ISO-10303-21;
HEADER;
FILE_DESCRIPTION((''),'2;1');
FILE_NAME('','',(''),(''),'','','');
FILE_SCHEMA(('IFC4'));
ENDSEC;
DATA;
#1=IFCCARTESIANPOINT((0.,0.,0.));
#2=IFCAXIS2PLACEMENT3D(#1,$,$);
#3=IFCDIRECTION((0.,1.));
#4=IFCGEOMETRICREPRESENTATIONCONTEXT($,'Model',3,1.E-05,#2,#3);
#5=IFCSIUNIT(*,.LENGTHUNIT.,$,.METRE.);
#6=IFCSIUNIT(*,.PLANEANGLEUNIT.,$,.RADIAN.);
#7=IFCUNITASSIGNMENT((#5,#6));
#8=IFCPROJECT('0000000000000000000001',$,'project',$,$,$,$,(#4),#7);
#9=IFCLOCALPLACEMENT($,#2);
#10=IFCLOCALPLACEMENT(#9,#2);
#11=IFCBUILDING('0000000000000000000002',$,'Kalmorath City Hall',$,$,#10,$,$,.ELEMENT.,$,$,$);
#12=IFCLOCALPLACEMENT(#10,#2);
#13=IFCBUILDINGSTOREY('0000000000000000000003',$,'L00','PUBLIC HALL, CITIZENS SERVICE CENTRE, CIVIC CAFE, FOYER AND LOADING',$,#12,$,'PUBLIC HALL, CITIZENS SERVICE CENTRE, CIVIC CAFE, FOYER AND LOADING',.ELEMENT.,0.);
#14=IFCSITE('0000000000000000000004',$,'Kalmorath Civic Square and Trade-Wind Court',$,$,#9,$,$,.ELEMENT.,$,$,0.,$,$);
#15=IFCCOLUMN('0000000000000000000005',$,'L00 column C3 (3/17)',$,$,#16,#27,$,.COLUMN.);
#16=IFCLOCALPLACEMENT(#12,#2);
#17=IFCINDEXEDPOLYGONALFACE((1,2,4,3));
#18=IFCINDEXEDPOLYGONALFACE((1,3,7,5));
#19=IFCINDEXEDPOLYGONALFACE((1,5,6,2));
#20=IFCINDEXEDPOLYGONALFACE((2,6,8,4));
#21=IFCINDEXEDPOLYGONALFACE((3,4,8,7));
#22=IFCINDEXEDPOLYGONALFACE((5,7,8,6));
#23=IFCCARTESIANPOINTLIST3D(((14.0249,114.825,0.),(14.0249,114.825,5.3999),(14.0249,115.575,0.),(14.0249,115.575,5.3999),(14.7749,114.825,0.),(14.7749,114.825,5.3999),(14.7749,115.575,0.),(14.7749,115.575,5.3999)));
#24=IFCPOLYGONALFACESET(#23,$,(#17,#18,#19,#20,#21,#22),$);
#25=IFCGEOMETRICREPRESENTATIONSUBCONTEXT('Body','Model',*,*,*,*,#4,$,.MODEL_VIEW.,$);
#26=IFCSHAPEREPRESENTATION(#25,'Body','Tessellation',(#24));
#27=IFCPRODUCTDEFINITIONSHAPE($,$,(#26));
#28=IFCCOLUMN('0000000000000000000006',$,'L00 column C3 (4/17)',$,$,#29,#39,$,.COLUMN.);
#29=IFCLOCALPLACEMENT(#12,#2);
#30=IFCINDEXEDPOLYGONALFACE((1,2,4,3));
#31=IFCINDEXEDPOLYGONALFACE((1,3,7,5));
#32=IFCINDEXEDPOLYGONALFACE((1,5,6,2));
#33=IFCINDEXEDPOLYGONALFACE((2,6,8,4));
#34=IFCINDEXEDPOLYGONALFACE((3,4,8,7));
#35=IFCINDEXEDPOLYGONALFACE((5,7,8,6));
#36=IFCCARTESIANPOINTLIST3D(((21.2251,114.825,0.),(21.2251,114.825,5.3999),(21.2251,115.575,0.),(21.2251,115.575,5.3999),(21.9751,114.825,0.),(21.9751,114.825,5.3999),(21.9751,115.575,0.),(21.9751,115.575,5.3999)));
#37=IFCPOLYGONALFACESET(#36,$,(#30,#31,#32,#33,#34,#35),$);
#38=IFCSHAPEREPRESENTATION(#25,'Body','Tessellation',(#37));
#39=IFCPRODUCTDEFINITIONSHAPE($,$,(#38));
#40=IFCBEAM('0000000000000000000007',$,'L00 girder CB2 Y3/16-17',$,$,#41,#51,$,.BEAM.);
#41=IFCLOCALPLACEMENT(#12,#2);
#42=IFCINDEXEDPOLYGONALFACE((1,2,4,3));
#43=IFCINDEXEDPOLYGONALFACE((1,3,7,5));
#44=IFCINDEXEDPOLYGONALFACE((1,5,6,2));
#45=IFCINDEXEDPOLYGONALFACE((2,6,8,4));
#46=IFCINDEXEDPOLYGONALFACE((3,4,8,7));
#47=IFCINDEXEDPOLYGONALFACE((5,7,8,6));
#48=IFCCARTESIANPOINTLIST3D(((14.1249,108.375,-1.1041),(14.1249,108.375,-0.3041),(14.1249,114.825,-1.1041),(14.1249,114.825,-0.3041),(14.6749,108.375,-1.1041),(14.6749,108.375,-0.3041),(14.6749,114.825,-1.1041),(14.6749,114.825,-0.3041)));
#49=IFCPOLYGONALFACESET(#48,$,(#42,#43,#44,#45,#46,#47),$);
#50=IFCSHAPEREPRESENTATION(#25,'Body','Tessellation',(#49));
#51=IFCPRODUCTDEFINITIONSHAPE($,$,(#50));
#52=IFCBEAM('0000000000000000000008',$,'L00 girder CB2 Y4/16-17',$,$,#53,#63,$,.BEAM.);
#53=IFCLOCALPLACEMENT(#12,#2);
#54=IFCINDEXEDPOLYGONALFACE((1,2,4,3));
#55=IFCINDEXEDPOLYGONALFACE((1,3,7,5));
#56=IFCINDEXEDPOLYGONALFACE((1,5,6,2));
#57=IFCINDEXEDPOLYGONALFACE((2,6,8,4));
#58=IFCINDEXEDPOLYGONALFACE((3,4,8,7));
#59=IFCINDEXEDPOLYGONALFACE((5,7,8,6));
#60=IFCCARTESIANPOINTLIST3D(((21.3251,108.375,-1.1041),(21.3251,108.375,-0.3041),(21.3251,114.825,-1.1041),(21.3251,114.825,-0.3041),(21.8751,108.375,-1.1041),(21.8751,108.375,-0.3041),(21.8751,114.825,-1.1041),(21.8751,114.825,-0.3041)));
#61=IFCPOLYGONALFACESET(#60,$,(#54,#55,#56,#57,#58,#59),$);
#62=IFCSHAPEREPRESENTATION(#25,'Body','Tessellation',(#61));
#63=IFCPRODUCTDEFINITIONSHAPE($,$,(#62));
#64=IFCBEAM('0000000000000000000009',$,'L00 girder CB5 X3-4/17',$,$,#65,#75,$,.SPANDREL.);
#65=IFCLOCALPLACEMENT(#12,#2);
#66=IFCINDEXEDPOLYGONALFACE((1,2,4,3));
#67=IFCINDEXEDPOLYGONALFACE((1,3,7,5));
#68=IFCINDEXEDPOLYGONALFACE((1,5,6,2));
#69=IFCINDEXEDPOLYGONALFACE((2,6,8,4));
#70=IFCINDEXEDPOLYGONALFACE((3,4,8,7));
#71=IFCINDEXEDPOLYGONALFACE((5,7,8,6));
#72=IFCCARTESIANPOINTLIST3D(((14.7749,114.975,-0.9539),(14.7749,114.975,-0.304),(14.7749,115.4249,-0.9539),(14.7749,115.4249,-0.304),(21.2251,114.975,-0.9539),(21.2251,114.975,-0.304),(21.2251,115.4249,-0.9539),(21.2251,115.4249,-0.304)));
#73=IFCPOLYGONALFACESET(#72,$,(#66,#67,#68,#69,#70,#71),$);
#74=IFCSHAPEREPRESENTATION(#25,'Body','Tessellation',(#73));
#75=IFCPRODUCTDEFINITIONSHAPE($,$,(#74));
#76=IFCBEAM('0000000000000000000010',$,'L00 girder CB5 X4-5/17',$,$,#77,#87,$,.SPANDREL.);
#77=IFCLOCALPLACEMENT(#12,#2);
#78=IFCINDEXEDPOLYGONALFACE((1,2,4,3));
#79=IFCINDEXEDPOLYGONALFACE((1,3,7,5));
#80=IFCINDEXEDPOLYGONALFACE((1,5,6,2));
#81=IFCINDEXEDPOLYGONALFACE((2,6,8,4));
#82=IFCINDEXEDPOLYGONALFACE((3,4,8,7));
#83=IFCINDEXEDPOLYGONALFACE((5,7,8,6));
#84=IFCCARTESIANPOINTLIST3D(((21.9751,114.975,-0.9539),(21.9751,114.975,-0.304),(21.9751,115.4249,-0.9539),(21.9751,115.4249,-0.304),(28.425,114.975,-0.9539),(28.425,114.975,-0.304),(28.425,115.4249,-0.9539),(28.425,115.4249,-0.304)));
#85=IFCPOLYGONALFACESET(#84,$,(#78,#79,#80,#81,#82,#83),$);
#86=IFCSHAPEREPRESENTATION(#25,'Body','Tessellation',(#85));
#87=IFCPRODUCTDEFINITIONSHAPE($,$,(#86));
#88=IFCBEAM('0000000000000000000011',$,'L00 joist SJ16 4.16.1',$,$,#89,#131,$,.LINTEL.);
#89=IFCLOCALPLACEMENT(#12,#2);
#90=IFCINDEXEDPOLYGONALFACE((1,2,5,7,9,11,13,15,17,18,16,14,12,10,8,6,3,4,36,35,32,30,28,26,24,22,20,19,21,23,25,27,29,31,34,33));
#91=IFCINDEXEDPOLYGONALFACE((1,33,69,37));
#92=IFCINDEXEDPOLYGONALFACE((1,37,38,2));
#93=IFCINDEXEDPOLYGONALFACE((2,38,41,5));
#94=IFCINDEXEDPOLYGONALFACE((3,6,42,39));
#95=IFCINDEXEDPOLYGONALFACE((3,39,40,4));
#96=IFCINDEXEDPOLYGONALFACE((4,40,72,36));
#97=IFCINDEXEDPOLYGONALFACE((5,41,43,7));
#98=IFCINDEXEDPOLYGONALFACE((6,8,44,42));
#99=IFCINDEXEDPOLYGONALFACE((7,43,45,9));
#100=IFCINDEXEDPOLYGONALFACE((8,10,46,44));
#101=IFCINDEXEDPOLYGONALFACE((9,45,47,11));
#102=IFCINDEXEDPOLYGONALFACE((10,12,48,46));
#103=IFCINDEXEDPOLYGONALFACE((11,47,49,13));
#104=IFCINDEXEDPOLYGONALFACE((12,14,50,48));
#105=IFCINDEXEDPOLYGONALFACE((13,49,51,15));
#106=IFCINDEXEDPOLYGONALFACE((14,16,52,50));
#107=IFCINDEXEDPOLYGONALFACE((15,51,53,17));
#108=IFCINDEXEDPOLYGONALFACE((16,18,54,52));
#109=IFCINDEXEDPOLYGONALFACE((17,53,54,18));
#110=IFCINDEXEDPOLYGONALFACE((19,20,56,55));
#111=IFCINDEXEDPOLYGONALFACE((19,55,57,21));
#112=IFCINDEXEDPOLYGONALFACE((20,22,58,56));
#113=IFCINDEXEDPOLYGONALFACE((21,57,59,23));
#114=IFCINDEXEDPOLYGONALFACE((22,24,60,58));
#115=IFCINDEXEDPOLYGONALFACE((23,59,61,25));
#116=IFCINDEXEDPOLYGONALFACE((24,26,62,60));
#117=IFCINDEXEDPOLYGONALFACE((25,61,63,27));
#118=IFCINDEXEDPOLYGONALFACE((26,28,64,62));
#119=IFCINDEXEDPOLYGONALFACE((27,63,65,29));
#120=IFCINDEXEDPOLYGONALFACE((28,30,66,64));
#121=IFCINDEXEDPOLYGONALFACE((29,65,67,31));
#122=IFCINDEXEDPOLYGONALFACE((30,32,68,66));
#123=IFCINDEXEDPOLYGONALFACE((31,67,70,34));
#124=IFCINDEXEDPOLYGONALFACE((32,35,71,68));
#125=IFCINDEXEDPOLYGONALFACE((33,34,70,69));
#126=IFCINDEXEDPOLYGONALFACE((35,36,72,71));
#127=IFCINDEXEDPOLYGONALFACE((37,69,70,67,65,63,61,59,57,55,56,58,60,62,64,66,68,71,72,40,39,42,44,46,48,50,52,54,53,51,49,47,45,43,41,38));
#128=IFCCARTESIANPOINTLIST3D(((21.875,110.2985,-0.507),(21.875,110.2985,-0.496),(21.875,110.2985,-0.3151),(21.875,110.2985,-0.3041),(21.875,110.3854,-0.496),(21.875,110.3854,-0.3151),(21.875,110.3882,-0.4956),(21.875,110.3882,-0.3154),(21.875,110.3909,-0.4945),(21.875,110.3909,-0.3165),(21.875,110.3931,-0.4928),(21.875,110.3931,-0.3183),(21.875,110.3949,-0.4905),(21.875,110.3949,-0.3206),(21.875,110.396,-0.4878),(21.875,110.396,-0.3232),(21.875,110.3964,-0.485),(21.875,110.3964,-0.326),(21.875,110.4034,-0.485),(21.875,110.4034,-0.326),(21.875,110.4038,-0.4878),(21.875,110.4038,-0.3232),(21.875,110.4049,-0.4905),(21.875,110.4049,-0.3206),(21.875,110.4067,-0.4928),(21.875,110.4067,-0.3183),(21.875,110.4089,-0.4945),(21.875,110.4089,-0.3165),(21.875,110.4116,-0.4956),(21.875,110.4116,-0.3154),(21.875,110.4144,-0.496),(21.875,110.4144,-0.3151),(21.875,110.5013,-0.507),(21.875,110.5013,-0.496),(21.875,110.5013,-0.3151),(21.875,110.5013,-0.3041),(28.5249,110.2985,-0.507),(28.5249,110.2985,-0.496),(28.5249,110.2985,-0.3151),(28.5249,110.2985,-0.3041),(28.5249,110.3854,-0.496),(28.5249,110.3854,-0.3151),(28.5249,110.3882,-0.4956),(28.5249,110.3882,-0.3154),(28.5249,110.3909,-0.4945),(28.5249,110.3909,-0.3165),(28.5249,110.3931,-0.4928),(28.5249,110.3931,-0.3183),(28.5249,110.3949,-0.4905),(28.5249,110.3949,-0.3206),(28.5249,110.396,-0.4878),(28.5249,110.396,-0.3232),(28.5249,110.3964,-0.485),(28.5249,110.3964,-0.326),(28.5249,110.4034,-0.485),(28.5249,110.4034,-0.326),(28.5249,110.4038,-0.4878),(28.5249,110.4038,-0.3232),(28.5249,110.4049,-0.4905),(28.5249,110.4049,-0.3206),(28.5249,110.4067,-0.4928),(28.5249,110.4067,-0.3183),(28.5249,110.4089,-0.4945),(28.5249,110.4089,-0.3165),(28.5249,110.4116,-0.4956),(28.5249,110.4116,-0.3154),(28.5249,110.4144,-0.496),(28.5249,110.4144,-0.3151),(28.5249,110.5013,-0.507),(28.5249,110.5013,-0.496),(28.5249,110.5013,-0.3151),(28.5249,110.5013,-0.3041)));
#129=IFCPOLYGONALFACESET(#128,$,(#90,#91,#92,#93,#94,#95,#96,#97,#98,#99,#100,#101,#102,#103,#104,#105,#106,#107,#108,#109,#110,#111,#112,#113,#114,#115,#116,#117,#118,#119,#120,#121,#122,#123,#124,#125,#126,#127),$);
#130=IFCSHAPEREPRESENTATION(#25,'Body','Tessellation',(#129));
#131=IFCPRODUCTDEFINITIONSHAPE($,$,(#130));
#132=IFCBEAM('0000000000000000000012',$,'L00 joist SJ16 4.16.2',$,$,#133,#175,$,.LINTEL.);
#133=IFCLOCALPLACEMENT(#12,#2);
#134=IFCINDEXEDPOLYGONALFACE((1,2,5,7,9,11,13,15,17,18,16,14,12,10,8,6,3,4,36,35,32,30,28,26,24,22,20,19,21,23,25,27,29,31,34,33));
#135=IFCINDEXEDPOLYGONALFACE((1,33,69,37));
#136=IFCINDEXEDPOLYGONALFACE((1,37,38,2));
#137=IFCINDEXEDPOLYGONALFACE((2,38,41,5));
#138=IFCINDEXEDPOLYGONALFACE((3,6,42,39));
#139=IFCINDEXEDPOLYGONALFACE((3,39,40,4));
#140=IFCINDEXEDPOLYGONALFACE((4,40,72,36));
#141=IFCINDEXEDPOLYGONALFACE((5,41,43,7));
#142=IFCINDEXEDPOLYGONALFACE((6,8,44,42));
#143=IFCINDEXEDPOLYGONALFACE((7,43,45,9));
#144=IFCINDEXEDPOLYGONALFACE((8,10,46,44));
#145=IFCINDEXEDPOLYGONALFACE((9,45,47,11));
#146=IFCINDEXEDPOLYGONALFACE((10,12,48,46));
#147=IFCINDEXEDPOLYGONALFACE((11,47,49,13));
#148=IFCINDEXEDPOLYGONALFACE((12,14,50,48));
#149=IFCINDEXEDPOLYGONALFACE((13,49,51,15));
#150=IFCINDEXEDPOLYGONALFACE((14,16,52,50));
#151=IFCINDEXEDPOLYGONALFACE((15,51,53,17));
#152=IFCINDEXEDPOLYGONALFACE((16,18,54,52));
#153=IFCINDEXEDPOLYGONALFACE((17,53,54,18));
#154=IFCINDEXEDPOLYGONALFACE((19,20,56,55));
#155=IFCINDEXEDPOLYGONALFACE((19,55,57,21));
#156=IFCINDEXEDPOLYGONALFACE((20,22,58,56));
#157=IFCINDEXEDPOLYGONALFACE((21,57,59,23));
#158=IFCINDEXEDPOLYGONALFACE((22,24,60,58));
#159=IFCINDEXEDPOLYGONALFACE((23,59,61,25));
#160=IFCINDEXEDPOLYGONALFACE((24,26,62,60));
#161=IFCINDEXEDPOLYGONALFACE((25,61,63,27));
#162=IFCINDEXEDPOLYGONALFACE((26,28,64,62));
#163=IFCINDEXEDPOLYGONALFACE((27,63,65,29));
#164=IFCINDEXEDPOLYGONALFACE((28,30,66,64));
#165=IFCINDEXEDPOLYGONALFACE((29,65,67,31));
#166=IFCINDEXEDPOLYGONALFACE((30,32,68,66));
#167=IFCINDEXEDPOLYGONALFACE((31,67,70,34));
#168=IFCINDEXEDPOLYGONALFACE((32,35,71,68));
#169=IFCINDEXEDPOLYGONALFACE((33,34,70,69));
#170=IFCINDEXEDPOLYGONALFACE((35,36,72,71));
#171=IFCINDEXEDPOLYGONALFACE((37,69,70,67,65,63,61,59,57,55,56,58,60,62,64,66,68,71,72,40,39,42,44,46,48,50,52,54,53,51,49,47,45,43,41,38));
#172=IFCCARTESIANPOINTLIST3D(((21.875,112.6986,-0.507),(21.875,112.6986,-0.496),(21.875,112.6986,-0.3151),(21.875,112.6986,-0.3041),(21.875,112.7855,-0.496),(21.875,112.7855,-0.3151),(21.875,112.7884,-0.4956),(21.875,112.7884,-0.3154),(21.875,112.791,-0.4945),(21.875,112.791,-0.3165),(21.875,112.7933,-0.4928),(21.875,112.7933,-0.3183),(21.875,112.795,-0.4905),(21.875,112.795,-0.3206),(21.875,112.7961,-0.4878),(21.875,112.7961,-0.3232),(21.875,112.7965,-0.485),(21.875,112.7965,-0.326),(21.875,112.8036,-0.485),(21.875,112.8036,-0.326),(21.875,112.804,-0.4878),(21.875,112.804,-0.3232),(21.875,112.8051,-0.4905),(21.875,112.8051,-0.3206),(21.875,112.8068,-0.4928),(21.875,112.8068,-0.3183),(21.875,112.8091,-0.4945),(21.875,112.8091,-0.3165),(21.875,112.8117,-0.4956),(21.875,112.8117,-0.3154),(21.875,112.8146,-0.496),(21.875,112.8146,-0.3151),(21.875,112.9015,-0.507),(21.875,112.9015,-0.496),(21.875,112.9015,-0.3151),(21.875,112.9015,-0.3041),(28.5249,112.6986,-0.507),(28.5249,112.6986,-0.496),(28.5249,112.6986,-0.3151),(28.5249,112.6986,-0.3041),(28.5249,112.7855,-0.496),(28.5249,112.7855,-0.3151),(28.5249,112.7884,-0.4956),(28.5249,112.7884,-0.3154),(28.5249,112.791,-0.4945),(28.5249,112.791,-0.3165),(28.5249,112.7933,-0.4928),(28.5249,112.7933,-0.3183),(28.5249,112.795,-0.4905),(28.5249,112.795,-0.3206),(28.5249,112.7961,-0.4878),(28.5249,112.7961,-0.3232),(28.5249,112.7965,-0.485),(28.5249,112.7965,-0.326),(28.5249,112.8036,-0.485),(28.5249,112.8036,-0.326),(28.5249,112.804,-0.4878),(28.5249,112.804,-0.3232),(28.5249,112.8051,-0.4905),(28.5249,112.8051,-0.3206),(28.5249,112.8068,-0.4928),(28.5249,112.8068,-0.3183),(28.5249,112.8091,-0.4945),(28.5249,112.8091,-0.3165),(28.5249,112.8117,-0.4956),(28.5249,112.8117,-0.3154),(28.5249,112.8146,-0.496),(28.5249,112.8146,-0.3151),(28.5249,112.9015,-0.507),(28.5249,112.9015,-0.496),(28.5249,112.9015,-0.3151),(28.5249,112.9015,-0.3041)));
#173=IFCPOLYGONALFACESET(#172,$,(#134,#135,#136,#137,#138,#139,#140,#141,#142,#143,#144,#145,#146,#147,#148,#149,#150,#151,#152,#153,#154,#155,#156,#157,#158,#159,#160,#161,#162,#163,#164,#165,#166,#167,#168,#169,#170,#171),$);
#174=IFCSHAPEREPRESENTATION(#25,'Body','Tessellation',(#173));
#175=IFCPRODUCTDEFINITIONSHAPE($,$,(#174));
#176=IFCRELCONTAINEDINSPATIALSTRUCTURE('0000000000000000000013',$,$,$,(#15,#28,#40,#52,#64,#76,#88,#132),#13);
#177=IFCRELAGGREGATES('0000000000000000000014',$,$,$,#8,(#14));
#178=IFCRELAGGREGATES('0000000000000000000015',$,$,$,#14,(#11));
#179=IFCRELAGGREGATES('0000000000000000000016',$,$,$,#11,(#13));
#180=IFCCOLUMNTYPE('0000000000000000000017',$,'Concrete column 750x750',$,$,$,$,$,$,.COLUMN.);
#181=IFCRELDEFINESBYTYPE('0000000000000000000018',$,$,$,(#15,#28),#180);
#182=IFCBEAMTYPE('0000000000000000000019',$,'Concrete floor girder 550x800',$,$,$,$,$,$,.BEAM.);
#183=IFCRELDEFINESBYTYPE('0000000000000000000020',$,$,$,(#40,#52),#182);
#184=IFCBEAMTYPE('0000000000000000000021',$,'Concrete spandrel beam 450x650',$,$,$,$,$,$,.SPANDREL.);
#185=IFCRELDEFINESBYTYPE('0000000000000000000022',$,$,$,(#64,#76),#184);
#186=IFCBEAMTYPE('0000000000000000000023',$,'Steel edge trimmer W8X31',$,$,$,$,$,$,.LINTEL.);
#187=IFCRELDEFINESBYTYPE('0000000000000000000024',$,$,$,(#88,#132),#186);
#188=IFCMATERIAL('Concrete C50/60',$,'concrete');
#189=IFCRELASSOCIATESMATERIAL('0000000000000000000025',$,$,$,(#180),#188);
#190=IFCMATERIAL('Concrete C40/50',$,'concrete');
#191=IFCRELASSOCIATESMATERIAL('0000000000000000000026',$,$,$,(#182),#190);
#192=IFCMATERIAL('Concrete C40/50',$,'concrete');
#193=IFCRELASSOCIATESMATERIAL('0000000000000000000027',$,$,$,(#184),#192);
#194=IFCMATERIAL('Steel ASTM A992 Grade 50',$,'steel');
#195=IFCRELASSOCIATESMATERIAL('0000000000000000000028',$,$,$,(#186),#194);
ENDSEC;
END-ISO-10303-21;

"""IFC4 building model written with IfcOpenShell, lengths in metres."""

from ifc_helpers import new_model, si_unit, direction, frame, origin, origin_2d, place, context, subcontext, project, spatial, rectangle, i_section, extrude, material, material_profile, profile_set, type_object, element, save


model = new_model("IFC4")

# Units and contexts
model_context = context("Model", 3, precision=1e-05, world=origin(), true_north=direction((0.0, 1.0)))
body_context = subcontext(model_context, "Body", "Model", "MODEL_VIEW")
ifc_project = project(units=[si_unit("LENGTHUNIT", "METRE"), si_unit("PLANEANGLEUNIT", "RADIAN")], contexts=[model_context])

# Site, building, storey
site_placement = place(None, origin())
site = spatial("IfcSite", under=ifc_project, at=site_placement, Name="Kalmorath Civic Square and Trade-Wind Court", CompositionType="ELEMENT", RefElevation=0.0)
building_placement = place(site_placement, origin())
building = spatial("IfcBuilding", under=site, at=building_placement, Name="Kalmorath City Hall", CompositionType="ELEMENT")
storey_placement = place(building_placement, origin())
storey = spatial("IfcBuildingStorey", under=building, at=storey_placement, Name="L00", Description="PUBLIC HALL, CITIZENS SERVICE CENTRE, CIVIC CAFE, FOYER AND LOADING", LongName="PUBLIC HALL, CITIZENS SERVICE CENTRE, CIVIC CAFE, FOYER AND LOADING", CompositionType="ELEMENT", Elevation=0.0)

# Columns
ifc_material_1 = material(Name="Concrete C50/60", Category="concrete")
ifc_material_profile_1 = material_profile(ifc_material_1, rectangle(XDim=0.75, YDim=0.75, at=origin_2d()), Name="RC-COL-750X750")
ifc_profile_set_1 = profile_set([ifc_material_profile_1], Name="Concrete C50/60")
column_type = type_object("IfcColumnType", Name="Concrete column 750x750", PredefinedType="COLUMN", material=ifc_profile_set_1)
for number, where, z_axis, x_axis, name in (
    (1, (14.3999, 115.2, 0.0), (0.0, 0.0, 1.0), (1.0, 0.0, 0.0), "L00 column C3 (3/17)"),
    (2, (21.6001, 115.2, 0.0), (0.0, 0.0, 1.0), (1.0, 0.0, 0.0), "L00 column C3 (4/17)"),
):
    element("IfcColumn", number, at=place(storey_placement, frame(where, z_axis=z_axis, x_axis=x_axis)), inside=storey, type_object=column_type, Name=name, PredefinedType="COLUMN", context=body_context, shape_type="SweptSolid", body=[
        extrude(rectangle(XDim=0.75, YDim=0.75, at=origin_2d()), origin(), (0.0, 0.0, 1.0), 5.3999),
    ])

# Beams
ifc_material_2 = material(Name="Concrete C40/50", Category="concrete")
ifc_material_profile_2 = material_profile(ifc_material_2, rectangle(XDim=0.55, YDim=0.8, at=origin_2d()), Name="RC-BM-550X800")
ifc_profile_set_2 = profile_set([ifc_material_profile_2], Name="Concrete C40/50")
beam_type_1 = type_object("IfcBeamType", Name="Concrete floor girder 550x800", PredefinedType="BEAM", material=ifc_profile_set_2)
for number, where, z_axis, x_axis, name in (
    (3, (14.3999, 108.375, -0.7041), (0.0, 1.0, 0.0), (-1.0, 0.0, 0.0), "L00 girder CB2 Y3/16-17"),
    (4, (21.6001, 108.375, -0.7041), (0.0, 1.0, 0.0), (-1.0, 0.0, 0.0), "L00 girder CB2 Y4/16-17"),
):
    element("IfcBeam", number, at=place(storey_placement, frame(where, z_axis=z_axis, x_axis=x_axis)), inside=storey, type_object=beam_type_1, Name=name, PredefinedType="BEAM", context=body_context, shape_type="SweptSolid", body=[
        extrude(rectangle(XDim=0.55, YDim=0.8, at=origin_2d()), origin(), (0.0, 0.0, 1.0), 6.45),
    ])
ifc_material_3 = material(Name="Concrete C40/50", Category="concrete")
ifc_material_profile_3 = material_profile(ifc_material_3, rectangle(XDim=0.45, YDim=0.6499, at=origin_2d()), Name="RC-BM-450X650")
ifc_profile_set_3 = profile_set([ifc_material_profile_3], Name="Concrete C40/50")
beam_type_2 = type_object("IfcBeamType", Name="Concrete spandrel beam 450x650", PredefinedType="SPANDREL", material=ifc_profile_set_3)
beam_1_placement = place(storey_placement, frame((14.7749, 115.2, -0.6289), z_axis=(1.0, 0.0, 0.0), x_axis=(0.0, 1.0, 0.0)))
element("IfcBeam", 5, at=beam_1_placement, inside=storey, type_object=beam_type_2, Name="L00 girder CB5 X3-4/17", PredefinedType="SPANDREL", context=body_context, shape_type="SweptSolid", body=[
    extrude(rectangle(XDim=0.45, YDim=0.6499, at=origin_2d()), origin(), (0.0, 0.0, 1.0), 6.4502),
])
beam_2_placement = place(storey_placement, frame((21.9751, 115.2, -0.6289), z_axis=(1.0, 0.0, 0.0), x_axis=(0.0, 1.0, 0.0)))
element("IfcBeam", 6, at=beam_2_placement, inside=storey, type_object=beam_type_2, Name="L00 girder CB5 X4-5/17", PredefinedType="SPANDREL", context=body_context, shape_type="SweptSolid", body=[
    extrude(rectangle(XDim=0.45, YDim=0.6499, at=origin_2d()), origin(), (0.0, 0.0, 1.0), 6.45),
])
ifc_material_4 = material(Name="Steel ASTM A992 Grade 50", Category="steel")
ifc_material_profile_4 = material_profile(ifc_material_4, i_section(OverallWidth=0.2029, OverallDepth=0.2029, WebThickness=0.0071, FlangeThickness=0.011, FilletRadius=0.011, at=origin_2d()), Name="W8X31")
ifc_profile_set_4 = profile_set([ifc_material_profile_4], Name="Steel ASTM A992 Grade 50")
beam_type_3 = type_object("IfcBeamType", Name="Steel edge trimmer W8X31", PredefinedType="LINTEL", material=ifc_profile_set_4)
for number, where, z_axis, x_axis, name in (
    (7, (21.875, 110.3999, -0.4055), (1.0, 0.0, 0.0), (0.0, 1.0, 0.0), "L00 joist SJ16 4.16.1"),
    (8, (21.875, 112.8, -0.4055), (1.0, 0.0, 0.0), (0.0, 1.0, 0.0), "L00 joist SJ16 4.16.2"),
):
    element("IfcBeam", number, at=place(storey_placement, frame(where, z_axis=z_axis, x_axis=x_axis)), inside=storey, type_object=beam_type_3, Name=name, PredefinedType="LINTEL", context=body_context, shape_type="SweptSolid", body=[
        extrude(i_section(OverallWidth=0.2029, OverallDepth=0.2029, WebThickness=0.0071, FlangeThickness=0.011, FilletRadius=0.011, at=origin_2d()), origin(), (0.0, 0.0, 1.0), 6.6499),
    ])

save(model, "model.ifc")
